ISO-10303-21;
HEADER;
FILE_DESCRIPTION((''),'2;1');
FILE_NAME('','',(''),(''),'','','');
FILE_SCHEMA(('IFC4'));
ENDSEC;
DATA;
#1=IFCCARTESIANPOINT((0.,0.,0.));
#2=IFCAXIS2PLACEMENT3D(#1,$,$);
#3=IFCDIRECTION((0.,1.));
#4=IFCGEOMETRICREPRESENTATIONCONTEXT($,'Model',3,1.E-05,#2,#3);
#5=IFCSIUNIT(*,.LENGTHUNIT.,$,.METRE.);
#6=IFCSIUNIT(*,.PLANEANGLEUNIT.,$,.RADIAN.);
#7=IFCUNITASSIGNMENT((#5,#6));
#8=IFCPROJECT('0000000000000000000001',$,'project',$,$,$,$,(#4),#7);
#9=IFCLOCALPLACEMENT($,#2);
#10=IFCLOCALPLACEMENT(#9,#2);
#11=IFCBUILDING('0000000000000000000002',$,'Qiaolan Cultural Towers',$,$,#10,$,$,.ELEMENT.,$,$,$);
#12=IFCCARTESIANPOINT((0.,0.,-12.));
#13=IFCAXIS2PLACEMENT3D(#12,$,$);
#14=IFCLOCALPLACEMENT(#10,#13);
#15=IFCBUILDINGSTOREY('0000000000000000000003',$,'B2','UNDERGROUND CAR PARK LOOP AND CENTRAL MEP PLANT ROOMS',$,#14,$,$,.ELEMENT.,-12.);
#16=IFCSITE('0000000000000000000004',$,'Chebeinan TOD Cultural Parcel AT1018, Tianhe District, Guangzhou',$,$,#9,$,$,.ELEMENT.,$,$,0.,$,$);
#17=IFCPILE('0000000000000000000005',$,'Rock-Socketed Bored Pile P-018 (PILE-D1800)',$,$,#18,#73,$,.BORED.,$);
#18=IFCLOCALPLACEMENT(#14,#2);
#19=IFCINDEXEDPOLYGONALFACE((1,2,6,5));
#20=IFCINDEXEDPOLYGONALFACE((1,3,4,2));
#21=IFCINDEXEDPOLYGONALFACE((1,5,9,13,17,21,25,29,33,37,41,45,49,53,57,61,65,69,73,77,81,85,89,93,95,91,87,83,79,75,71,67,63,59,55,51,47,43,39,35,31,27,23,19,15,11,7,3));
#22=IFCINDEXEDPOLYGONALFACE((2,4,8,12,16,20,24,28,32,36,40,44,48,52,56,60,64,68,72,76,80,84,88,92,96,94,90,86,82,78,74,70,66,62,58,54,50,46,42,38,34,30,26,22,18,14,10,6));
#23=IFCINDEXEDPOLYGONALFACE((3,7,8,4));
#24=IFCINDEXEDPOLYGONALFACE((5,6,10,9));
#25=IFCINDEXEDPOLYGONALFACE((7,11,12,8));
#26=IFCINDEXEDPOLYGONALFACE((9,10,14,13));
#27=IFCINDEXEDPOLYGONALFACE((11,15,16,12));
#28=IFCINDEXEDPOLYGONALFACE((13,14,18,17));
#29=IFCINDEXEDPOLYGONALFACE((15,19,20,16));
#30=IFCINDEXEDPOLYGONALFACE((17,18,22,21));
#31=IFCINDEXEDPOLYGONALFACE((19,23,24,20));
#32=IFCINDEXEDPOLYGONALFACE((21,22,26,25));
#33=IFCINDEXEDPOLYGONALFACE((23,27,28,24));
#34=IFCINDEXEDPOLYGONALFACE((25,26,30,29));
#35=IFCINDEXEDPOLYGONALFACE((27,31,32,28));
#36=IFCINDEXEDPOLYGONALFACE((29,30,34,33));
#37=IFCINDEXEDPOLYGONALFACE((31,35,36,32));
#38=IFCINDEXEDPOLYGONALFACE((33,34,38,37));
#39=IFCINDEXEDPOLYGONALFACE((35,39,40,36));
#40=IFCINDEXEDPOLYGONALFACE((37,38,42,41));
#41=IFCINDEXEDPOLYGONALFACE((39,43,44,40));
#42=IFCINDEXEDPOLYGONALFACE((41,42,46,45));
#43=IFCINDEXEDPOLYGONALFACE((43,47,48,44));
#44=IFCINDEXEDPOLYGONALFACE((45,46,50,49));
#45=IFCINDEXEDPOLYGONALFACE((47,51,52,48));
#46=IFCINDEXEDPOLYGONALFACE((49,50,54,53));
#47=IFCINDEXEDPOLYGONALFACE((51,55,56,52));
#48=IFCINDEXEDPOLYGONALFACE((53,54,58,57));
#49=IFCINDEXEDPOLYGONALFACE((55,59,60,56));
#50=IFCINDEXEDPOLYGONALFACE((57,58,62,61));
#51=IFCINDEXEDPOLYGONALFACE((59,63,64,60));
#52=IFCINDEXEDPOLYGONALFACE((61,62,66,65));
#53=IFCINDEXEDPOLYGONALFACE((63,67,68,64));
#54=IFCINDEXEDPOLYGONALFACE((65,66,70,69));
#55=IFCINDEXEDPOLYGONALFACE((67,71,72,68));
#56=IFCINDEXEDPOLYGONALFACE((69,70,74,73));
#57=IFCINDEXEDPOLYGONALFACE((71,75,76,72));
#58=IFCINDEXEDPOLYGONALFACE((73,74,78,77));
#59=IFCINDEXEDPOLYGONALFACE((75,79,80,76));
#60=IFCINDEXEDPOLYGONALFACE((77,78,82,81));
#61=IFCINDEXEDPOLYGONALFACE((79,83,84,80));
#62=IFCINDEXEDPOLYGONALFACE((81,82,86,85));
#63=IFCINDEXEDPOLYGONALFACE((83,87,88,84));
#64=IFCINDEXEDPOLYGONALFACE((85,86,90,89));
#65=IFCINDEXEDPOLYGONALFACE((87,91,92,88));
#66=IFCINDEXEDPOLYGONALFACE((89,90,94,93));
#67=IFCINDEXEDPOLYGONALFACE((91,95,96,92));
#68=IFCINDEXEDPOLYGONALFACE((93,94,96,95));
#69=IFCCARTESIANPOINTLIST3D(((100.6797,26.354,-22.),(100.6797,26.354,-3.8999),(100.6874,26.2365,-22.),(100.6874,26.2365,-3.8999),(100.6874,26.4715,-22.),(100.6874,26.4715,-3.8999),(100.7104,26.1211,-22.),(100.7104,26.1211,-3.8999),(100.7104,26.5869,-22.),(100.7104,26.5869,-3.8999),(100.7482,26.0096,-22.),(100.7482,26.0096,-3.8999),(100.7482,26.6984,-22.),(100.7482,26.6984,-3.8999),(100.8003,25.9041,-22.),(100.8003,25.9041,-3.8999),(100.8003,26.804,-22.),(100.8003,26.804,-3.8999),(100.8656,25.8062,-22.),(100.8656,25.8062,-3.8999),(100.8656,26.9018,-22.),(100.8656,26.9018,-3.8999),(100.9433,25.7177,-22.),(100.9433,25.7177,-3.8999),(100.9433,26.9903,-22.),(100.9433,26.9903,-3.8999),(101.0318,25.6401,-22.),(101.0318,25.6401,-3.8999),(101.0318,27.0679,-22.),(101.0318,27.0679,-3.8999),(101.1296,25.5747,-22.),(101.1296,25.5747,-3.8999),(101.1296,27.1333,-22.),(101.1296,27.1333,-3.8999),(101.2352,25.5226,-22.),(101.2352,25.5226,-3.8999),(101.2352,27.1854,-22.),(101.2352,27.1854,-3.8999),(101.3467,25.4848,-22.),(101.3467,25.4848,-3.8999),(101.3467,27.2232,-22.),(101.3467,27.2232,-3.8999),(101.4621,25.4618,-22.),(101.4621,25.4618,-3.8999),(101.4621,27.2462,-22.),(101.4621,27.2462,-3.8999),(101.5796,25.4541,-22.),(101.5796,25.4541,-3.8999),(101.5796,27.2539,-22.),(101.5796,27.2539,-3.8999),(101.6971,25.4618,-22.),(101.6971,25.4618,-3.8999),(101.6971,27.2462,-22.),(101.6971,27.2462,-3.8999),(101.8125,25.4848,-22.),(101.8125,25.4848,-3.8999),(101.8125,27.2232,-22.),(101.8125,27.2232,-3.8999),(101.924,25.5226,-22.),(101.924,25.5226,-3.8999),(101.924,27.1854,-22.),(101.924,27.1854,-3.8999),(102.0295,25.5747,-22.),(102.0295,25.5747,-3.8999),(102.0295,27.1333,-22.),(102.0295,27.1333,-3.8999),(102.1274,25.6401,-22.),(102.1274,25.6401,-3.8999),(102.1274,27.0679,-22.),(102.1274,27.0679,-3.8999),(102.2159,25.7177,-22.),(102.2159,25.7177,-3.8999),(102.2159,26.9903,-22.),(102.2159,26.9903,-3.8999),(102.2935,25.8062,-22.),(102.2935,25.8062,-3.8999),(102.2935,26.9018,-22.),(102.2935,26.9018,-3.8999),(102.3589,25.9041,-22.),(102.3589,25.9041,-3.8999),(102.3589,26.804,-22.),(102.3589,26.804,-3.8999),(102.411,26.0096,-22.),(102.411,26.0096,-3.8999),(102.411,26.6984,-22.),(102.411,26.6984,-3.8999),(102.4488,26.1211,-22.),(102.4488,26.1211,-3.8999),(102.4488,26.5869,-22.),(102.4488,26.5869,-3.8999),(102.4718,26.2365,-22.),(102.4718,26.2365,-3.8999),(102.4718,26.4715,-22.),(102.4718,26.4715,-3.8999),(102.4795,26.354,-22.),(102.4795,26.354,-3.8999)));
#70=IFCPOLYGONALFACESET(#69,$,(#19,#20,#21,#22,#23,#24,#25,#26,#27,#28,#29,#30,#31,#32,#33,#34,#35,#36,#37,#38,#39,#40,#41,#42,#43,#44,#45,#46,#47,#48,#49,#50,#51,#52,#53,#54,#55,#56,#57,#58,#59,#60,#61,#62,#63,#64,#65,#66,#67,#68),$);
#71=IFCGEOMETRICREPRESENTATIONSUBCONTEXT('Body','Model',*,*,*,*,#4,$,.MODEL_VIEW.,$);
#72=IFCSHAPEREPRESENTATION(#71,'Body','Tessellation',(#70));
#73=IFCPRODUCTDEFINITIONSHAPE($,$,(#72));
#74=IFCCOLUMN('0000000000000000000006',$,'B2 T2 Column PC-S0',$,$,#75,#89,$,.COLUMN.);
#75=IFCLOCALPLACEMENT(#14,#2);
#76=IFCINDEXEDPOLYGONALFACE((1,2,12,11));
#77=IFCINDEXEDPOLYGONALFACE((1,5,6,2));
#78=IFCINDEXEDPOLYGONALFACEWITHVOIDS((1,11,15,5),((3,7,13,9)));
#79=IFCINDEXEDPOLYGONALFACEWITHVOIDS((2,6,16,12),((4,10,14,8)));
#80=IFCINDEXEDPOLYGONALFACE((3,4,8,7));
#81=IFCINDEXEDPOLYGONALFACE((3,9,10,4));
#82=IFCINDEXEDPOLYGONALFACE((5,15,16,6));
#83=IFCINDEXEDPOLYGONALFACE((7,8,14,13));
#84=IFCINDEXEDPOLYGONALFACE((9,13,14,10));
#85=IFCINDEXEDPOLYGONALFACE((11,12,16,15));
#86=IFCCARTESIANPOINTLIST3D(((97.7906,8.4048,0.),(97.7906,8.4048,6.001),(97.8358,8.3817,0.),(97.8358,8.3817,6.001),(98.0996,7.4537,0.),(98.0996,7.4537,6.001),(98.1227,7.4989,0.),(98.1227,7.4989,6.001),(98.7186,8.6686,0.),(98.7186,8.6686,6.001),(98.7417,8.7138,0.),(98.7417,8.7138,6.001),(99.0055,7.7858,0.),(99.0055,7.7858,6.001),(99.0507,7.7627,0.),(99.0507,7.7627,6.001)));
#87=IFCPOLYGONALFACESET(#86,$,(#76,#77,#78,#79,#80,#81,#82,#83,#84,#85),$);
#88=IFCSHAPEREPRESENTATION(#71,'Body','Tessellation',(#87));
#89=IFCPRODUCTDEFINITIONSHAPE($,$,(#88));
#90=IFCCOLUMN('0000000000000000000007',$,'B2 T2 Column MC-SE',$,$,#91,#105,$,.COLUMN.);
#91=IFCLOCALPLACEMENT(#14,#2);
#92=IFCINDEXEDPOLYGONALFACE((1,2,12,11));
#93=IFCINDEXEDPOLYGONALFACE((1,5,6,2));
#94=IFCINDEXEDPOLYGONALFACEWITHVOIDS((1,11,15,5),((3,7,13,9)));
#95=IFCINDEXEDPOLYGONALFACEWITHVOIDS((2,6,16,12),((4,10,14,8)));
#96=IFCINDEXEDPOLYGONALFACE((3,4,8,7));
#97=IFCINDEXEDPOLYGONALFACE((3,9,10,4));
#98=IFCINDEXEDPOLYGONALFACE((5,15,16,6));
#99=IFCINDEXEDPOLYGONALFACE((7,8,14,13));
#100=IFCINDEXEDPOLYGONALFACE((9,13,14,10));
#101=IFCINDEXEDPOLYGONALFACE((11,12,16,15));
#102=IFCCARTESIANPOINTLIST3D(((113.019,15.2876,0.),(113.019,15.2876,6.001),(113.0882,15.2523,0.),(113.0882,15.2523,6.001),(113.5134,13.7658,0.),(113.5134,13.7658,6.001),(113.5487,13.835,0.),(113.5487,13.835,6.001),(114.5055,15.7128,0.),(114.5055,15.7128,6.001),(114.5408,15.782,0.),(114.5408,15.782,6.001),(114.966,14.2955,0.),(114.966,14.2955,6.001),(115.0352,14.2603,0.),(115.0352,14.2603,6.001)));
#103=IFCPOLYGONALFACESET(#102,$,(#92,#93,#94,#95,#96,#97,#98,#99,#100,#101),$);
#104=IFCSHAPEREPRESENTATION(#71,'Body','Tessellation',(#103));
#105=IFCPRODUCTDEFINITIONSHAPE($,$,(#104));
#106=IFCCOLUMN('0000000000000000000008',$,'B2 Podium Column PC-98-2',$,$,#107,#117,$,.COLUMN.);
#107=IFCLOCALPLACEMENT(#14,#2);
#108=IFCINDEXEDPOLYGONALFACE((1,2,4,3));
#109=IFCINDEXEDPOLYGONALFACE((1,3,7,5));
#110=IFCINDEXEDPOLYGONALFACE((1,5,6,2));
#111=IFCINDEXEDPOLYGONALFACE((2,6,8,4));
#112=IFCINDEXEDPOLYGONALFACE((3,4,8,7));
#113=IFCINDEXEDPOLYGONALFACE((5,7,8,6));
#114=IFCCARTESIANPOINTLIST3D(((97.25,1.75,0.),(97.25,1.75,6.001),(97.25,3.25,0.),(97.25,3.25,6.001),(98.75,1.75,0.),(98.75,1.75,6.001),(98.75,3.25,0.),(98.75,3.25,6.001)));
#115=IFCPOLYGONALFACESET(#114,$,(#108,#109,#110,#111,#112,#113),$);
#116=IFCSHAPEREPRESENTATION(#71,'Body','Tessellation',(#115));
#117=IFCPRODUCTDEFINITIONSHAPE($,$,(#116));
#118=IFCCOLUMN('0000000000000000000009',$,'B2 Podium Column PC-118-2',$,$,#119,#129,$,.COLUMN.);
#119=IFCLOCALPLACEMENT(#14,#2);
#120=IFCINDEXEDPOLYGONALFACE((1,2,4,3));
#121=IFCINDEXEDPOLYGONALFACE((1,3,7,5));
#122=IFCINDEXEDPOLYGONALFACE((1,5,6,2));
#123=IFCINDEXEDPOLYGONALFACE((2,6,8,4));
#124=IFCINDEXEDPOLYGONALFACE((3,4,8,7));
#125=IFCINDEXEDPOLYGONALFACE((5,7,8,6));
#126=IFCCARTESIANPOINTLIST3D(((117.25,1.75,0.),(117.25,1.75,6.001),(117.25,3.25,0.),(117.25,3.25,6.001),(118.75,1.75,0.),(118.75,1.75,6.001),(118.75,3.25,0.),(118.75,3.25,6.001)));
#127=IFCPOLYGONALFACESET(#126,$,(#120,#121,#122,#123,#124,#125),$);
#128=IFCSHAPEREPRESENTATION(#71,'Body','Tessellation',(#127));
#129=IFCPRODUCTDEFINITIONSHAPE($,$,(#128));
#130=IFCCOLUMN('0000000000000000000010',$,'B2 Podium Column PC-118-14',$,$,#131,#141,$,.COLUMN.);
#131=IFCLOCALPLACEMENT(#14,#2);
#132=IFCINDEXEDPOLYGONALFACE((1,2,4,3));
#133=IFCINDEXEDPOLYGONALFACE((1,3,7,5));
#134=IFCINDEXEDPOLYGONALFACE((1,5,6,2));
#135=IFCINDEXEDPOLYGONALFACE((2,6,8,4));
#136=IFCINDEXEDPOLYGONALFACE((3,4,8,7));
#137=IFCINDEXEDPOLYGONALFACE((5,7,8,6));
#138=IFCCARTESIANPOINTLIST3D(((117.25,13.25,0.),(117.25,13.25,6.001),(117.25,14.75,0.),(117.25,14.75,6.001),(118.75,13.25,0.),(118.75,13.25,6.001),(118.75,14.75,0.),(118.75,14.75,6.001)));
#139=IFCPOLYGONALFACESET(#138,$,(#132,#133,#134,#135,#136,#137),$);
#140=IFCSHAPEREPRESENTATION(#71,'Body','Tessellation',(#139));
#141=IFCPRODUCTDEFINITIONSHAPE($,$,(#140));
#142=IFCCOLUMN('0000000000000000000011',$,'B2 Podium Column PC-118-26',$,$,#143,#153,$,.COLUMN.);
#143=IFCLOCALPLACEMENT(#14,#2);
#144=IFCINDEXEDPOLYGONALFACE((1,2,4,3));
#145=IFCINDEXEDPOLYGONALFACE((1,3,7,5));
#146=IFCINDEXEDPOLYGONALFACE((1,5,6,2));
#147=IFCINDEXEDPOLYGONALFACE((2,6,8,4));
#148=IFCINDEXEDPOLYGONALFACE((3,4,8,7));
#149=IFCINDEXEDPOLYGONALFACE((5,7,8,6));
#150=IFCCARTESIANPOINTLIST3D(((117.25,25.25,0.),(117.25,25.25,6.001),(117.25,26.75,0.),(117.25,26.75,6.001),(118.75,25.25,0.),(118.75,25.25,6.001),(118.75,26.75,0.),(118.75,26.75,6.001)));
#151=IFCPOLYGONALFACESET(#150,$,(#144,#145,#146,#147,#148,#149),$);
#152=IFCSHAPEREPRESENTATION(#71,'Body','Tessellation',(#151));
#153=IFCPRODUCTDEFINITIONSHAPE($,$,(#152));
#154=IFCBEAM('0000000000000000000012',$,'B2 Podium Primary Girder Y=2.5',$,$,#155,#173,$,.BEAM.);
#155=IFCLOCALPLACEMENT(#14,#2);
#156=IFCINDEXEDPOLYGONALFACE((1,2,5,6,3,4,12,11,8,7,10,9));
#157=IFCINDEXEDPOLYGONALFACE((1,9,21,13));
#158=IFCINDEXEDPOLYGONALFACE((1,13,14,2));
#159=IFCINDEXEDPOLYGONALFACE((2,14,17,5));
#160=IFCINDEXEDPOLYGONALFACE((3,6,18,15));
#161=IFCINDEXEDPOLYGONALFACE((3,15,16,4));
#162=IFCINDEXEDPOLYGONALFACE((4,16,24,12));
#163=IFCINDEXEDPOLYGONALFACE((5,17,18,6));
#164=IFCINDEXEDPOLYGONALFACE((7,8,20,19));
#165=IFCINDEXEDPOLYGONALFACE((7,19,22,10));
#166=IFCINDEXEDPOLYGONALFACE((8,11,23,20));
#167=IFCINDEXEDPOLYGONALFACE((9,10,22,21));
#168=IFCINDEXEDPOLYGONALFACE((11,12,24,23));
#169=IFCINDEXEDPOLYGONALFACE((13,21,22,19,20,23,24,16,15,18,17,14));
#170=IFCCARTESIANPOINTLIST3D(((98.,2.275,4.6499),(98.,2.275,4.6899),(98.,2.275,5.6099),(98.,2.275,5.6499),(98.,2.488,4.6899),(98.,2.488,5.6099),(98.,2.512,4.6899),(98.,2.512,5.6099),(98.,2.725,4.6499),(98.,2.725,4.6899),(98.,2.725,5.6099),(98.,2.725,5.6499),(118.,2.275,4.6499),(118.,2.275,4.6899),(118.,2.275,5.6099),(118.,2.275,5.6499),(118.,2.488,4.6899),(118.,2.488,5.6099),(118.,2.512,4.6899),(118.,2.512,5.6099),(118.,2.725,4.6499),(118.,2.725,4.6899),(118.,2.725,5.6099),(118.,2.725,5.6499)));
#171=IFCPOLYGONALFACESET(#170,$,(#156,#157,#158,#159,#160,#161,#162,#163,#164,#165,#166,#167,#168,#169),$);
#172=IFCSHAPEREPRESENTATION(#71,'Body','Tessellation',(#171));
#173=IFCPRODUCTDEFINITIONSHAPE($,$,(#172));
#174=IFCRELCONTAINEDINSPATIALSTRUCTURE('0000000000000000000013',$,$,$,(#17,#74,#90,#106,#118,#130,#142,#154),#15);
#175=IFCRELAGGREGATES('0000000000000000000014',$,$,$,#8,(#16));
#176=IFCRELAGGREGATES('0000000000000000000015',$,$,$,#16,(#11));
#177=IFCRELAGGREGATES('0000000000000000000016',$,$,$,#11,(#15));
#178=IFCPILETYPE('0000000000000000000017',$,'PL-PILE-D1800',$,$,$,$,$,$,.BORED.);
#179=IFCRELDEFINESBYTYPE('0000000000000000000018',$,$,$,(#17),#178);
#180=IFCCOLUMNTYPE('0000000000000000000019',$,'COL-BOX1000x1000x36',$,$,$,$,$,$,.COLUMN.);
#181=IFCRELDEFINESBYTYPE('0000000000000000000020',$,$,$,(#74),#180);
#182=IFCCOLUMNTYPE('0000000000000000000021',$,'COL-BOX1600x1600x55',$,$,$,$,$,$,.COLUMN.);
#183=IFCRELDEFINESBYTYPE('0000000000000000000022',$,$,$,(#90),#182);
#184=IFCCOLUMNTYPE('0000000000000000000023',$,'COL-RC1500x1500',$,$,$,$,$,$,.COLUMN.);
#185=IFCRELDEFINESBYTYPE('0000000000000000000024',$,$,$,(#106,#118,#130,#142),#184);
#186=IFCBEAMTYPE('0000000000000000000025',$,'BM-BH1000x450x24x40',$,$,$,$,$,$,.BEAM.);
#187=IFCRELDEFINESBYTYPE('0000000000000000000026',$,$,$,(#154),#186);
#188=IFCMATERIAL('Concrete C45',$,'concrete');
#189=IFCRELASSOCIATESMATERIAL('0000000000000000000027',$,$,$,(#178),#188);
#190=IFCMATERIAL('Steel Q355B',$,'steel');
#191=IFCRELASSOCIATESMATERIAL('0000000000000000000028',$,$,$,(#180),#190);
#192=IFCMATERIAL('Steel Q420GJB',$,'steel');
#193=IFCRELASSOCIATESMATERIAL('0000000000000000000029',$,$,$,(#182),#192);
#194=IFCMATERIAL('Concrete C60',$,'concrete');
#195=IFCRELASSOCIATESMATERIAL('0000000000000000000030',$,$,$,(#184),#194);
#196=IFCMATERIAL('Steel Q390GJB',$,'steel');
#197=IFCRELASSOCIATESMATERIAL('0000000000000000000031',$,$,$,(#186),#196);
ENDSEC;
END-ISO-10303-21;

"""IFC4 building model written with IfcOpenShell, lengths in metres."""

from ifc_helpers import new_model, si_unit, direction, frame, origin, origin_2d, place, context, subcontext, project, spatial, rectangle, hollow_rectangle, circle, i_section, extrude, material, material_profile, profile_set, type_object, element, save


model = new_model("IFC4")

# Units and contexts
model_context = context("Model", 3, precision=1e-05, world=origin(), true_north=direction((0.0, 1.0)))
body_context = subcontext(model_context, "Body", "Model", "MODEL_VIEW")
ifc_project = project(units=[si_unit("LENGTHUNIT", "METRE"), si_unit("PLANEANGLEUNIT", "RADIAN")], contexts=[model_context])

# Site, building, storey
site_placement = place(None, origin())
site = spatial("IfcSite", under=ifc_project, at=site_placement, Name="Chebeinan TOD Cultural Parcel AT1018, Tianhe District, Guangzhou", CompositionType="ELEMENT", RefElevation=0.0)
building_placement = place(site_placement, origin())
building = spatial("IfcBuilding", under=site, at=building_placement, Name="Qiaolan Cultural Towers", CompositionType="ELEMENT")
storey_placement = place(building_placement, frame((0.0, 0.0, -12.0)))
storey = spatial("IfcBuildingStorey", under=building, at=storey_placement, Name="B2", Description="UNDERGROUND CAR PARK LOOP AND CENTRAL MEP PLANT ROOMS", CompositionType="ELEMENT", Elevation=-12.0)

# Pile
ifc_material_1 = material(Name="Concrete C45", Category="concrete")
ifc_material_profile_1 = material_profile(ifc_material_1, circle(Radius=0.8999, at=origin_2d()), Name="PILE-D1800")
ifc_profile_set_1 = profile_set([ifc_material_profile_1], Name="Concrete C45")
pile_type_1 = type_object("IfcPileType", Name="PL-PILE-D1800", PredefinedType="BORED", material=ifc_profile_set_1)
for number, where, z_axis, x_axis, name in (
    (1, (101.5796, 26.354, -3.8999), (0.0, 0.0, -1.0), (1.0, 0.0, 0.0), "Rock-Socketed Bored Pile P-018 (PILE-D1800)"),
):
    element("IfcPile", number, at=place(storey_placement, frame(where, z_axis=z_axis, x_axis=x_axis)), inside=storey, type_object=pile_type_1, Name=name, PredefinedType="BORED", context=body_context, shape_type="SweptSolid", body=[
        extrude(circle(Radius=0.8999, at=origin_2d()), origin(), (0.0, 0.0, 1.0), 18.1001),
    ])

# Columns
ifc_material_2 = material(Name="Steel Q355B", Category="steel")
ifc_material_profile_2 = material_profile(ifc_material_2, hollow_rectangle(XDim=1.0, YDim=1.0, WallThickness=0.0359, at=origin_2d()), Name="BOX1000x1000x36")
ifc_profile_set_2 = profile_set([ifc_material_profile_2], Name="Steel Q355B")
column_type_1 = type_object("IfcColumnType", Name="COL-BOX1000x1000x36", PredefinedType="COLUMN", material=ifc_profile_set_2)
column_1_placement = place(storey_placement, frame((98.4207, 8.0837, 0.0), z_axis=(0.0, 0.0, 1.0), x_axis=(0.951057, 0.309017, 0.0)))
element("IfcColumn", 2, at=column_1_placement, inside=storey, type_object=column_type_1, Name="B2 T2 Column PC-S0", PredefinedType="COLUMN", context=body_context, shape_type="SweptSolid", body=[
    extrude(hollow_rectangle(XDim=1.0, YDim=1.0, WallThickness=0.0359, at=origin_2d()), origin(), (0.0, 0.0, 1.0), 6.001),
])
ifc_material_3 = material(Name="Steel Q420GJB", Category="steel")
ifc_material_profile_3 = material_profile(ifc_material_3, hollow_rectangle(XDim=1.6001, YDim=1.6001, WallThickness=0.0549, at=origin_2d()), Name="BOX1600x1600x55")
ifc_profile_set_3 = profile_set([ifc_material_profile_3], Name="Steel Q420GJB")
column_type_2 = type_object("IfcColumnType", Name="COL-BOX1600x1600x55", PredefinedType="COLUMN", material=ifc_profile_set_3)
column_2_placement = place(storey_placement, frame((114.0271, 14.7739, 0.0), z_axis=(0.0, 0.0, 1.0), x_axis=(0.951057, 0.309017, 0.0)))
element("IfcColumn", 3, at=column_2_placement, inside=storey, type_object=column_type_2, Name="B2 T2 Column MC-SE", PredefinedType="COLUMN", context=body_context, shape_type="SweptSolid", body=[
    extrude(hollow_rectangle(XDim=1.6001, YDim=1.6001, WallThickness=0.0549, at=origin_2d()), origin(), (0.0, 0.0, 1.0), 6.001),
])
ifc_material_4 = material(Name="Concrete C60", Category="concrete")
ifc_material_profile_4 = material_profile(ifc_material_4, rectangle(XDim=1.5, YDim=1.5, at=origin_2d()), Name="RC1500x1500")
ifc_profile_set_4 = profile_set([ifc_material_profile_4], Name="Concrete C60")
column_type_3 = type_object("IfcColumnType", Name="COL-RC1500x1500", PredefinedType="COLUMN", material=ifc_profile_set_4)
for number, where, z_axis, x_axis, name in (
    (4, (98.0, 2.5, 0.0), (0.0, 0.0, 1.0), (1.0, 0.0, 0.0), "B2 Podium Column PC-98-2"),
    (5, (118.0, 2.5, 0.0), (0.0, 0.0, 1.0), (1.0, 0.0, 0.0), "B2 Podium Column PC-118-2"),
    (6, (118.0, 14.0, 0.0), (0.0, 0.0, 1.0), (1.0, 0.0, 0.0), "B2 Podium Column PC-118-14"),
    (7, (118.0, 26.0, 0.0), (0.0, 0.0, 1.0), (1.0, 0.0, 0.0), "B2 Podium Column PC-118-26"),
):
    element("IfcColumn", number, at=place(storey_placement, frame(where, z_axis=z_axis, x_axis=x_axis)), inside=storey, type_object=column_type_3, Name=name, PredefinedType="COLUMN", context=body_context, shape_type="SweptSolid", body=[
        extrude(rectangle(XDim=1.5, YDim=1.5, at=origin_2d()), origin(), (0.0, 0.0, 1.0), 6.001),
    ])

# Beam
ifc_material_5 = material(Name="Steel Q390GJB", Category="steel")
ifc_material_profile_5 = material_profile(ifc_material_5, i_section(OverallWidth=0.45, OverallDepth=1.0, WebThickness=0.0239, FlangeThickness=0.04, at=origin_2d()), Name="BH1000x450x24x40")
ifc_profile_set_5 = profile_set([ifc_material_profile_5], Name="Steel Q390GJB")
beam_type_1 = type_object("IfcBeamType", Name="BM-BH1000x450x24x40", PredefinedType="BEAM", material=ifc_profile_set_5)
beam_1_placement = place(storey_placement, frame((98.0, 2.5, 5.1499), z_axis=(1.0, 0.0, 0.0), x_axis=(0.0, 1.0, 0.0)))
element("IfcBeam", 8, at=beam_1_placement, inside=storey, type_object=beam_type_1, Name="B2 Podium Primary Girder Y=2.5", PredefinedType="BEAM", context=body_context, shape_type="SweptSolid", body=[
    extrude(i_section(OverallWidth=0.45, OverallDepth=1.0, WebThickness=0.0239, FlangeThickness=0.04, at=origin_2d()), origin(), (0.0, 0.0, 1.0), 20.0),
])

save(model, "model.ifc")
